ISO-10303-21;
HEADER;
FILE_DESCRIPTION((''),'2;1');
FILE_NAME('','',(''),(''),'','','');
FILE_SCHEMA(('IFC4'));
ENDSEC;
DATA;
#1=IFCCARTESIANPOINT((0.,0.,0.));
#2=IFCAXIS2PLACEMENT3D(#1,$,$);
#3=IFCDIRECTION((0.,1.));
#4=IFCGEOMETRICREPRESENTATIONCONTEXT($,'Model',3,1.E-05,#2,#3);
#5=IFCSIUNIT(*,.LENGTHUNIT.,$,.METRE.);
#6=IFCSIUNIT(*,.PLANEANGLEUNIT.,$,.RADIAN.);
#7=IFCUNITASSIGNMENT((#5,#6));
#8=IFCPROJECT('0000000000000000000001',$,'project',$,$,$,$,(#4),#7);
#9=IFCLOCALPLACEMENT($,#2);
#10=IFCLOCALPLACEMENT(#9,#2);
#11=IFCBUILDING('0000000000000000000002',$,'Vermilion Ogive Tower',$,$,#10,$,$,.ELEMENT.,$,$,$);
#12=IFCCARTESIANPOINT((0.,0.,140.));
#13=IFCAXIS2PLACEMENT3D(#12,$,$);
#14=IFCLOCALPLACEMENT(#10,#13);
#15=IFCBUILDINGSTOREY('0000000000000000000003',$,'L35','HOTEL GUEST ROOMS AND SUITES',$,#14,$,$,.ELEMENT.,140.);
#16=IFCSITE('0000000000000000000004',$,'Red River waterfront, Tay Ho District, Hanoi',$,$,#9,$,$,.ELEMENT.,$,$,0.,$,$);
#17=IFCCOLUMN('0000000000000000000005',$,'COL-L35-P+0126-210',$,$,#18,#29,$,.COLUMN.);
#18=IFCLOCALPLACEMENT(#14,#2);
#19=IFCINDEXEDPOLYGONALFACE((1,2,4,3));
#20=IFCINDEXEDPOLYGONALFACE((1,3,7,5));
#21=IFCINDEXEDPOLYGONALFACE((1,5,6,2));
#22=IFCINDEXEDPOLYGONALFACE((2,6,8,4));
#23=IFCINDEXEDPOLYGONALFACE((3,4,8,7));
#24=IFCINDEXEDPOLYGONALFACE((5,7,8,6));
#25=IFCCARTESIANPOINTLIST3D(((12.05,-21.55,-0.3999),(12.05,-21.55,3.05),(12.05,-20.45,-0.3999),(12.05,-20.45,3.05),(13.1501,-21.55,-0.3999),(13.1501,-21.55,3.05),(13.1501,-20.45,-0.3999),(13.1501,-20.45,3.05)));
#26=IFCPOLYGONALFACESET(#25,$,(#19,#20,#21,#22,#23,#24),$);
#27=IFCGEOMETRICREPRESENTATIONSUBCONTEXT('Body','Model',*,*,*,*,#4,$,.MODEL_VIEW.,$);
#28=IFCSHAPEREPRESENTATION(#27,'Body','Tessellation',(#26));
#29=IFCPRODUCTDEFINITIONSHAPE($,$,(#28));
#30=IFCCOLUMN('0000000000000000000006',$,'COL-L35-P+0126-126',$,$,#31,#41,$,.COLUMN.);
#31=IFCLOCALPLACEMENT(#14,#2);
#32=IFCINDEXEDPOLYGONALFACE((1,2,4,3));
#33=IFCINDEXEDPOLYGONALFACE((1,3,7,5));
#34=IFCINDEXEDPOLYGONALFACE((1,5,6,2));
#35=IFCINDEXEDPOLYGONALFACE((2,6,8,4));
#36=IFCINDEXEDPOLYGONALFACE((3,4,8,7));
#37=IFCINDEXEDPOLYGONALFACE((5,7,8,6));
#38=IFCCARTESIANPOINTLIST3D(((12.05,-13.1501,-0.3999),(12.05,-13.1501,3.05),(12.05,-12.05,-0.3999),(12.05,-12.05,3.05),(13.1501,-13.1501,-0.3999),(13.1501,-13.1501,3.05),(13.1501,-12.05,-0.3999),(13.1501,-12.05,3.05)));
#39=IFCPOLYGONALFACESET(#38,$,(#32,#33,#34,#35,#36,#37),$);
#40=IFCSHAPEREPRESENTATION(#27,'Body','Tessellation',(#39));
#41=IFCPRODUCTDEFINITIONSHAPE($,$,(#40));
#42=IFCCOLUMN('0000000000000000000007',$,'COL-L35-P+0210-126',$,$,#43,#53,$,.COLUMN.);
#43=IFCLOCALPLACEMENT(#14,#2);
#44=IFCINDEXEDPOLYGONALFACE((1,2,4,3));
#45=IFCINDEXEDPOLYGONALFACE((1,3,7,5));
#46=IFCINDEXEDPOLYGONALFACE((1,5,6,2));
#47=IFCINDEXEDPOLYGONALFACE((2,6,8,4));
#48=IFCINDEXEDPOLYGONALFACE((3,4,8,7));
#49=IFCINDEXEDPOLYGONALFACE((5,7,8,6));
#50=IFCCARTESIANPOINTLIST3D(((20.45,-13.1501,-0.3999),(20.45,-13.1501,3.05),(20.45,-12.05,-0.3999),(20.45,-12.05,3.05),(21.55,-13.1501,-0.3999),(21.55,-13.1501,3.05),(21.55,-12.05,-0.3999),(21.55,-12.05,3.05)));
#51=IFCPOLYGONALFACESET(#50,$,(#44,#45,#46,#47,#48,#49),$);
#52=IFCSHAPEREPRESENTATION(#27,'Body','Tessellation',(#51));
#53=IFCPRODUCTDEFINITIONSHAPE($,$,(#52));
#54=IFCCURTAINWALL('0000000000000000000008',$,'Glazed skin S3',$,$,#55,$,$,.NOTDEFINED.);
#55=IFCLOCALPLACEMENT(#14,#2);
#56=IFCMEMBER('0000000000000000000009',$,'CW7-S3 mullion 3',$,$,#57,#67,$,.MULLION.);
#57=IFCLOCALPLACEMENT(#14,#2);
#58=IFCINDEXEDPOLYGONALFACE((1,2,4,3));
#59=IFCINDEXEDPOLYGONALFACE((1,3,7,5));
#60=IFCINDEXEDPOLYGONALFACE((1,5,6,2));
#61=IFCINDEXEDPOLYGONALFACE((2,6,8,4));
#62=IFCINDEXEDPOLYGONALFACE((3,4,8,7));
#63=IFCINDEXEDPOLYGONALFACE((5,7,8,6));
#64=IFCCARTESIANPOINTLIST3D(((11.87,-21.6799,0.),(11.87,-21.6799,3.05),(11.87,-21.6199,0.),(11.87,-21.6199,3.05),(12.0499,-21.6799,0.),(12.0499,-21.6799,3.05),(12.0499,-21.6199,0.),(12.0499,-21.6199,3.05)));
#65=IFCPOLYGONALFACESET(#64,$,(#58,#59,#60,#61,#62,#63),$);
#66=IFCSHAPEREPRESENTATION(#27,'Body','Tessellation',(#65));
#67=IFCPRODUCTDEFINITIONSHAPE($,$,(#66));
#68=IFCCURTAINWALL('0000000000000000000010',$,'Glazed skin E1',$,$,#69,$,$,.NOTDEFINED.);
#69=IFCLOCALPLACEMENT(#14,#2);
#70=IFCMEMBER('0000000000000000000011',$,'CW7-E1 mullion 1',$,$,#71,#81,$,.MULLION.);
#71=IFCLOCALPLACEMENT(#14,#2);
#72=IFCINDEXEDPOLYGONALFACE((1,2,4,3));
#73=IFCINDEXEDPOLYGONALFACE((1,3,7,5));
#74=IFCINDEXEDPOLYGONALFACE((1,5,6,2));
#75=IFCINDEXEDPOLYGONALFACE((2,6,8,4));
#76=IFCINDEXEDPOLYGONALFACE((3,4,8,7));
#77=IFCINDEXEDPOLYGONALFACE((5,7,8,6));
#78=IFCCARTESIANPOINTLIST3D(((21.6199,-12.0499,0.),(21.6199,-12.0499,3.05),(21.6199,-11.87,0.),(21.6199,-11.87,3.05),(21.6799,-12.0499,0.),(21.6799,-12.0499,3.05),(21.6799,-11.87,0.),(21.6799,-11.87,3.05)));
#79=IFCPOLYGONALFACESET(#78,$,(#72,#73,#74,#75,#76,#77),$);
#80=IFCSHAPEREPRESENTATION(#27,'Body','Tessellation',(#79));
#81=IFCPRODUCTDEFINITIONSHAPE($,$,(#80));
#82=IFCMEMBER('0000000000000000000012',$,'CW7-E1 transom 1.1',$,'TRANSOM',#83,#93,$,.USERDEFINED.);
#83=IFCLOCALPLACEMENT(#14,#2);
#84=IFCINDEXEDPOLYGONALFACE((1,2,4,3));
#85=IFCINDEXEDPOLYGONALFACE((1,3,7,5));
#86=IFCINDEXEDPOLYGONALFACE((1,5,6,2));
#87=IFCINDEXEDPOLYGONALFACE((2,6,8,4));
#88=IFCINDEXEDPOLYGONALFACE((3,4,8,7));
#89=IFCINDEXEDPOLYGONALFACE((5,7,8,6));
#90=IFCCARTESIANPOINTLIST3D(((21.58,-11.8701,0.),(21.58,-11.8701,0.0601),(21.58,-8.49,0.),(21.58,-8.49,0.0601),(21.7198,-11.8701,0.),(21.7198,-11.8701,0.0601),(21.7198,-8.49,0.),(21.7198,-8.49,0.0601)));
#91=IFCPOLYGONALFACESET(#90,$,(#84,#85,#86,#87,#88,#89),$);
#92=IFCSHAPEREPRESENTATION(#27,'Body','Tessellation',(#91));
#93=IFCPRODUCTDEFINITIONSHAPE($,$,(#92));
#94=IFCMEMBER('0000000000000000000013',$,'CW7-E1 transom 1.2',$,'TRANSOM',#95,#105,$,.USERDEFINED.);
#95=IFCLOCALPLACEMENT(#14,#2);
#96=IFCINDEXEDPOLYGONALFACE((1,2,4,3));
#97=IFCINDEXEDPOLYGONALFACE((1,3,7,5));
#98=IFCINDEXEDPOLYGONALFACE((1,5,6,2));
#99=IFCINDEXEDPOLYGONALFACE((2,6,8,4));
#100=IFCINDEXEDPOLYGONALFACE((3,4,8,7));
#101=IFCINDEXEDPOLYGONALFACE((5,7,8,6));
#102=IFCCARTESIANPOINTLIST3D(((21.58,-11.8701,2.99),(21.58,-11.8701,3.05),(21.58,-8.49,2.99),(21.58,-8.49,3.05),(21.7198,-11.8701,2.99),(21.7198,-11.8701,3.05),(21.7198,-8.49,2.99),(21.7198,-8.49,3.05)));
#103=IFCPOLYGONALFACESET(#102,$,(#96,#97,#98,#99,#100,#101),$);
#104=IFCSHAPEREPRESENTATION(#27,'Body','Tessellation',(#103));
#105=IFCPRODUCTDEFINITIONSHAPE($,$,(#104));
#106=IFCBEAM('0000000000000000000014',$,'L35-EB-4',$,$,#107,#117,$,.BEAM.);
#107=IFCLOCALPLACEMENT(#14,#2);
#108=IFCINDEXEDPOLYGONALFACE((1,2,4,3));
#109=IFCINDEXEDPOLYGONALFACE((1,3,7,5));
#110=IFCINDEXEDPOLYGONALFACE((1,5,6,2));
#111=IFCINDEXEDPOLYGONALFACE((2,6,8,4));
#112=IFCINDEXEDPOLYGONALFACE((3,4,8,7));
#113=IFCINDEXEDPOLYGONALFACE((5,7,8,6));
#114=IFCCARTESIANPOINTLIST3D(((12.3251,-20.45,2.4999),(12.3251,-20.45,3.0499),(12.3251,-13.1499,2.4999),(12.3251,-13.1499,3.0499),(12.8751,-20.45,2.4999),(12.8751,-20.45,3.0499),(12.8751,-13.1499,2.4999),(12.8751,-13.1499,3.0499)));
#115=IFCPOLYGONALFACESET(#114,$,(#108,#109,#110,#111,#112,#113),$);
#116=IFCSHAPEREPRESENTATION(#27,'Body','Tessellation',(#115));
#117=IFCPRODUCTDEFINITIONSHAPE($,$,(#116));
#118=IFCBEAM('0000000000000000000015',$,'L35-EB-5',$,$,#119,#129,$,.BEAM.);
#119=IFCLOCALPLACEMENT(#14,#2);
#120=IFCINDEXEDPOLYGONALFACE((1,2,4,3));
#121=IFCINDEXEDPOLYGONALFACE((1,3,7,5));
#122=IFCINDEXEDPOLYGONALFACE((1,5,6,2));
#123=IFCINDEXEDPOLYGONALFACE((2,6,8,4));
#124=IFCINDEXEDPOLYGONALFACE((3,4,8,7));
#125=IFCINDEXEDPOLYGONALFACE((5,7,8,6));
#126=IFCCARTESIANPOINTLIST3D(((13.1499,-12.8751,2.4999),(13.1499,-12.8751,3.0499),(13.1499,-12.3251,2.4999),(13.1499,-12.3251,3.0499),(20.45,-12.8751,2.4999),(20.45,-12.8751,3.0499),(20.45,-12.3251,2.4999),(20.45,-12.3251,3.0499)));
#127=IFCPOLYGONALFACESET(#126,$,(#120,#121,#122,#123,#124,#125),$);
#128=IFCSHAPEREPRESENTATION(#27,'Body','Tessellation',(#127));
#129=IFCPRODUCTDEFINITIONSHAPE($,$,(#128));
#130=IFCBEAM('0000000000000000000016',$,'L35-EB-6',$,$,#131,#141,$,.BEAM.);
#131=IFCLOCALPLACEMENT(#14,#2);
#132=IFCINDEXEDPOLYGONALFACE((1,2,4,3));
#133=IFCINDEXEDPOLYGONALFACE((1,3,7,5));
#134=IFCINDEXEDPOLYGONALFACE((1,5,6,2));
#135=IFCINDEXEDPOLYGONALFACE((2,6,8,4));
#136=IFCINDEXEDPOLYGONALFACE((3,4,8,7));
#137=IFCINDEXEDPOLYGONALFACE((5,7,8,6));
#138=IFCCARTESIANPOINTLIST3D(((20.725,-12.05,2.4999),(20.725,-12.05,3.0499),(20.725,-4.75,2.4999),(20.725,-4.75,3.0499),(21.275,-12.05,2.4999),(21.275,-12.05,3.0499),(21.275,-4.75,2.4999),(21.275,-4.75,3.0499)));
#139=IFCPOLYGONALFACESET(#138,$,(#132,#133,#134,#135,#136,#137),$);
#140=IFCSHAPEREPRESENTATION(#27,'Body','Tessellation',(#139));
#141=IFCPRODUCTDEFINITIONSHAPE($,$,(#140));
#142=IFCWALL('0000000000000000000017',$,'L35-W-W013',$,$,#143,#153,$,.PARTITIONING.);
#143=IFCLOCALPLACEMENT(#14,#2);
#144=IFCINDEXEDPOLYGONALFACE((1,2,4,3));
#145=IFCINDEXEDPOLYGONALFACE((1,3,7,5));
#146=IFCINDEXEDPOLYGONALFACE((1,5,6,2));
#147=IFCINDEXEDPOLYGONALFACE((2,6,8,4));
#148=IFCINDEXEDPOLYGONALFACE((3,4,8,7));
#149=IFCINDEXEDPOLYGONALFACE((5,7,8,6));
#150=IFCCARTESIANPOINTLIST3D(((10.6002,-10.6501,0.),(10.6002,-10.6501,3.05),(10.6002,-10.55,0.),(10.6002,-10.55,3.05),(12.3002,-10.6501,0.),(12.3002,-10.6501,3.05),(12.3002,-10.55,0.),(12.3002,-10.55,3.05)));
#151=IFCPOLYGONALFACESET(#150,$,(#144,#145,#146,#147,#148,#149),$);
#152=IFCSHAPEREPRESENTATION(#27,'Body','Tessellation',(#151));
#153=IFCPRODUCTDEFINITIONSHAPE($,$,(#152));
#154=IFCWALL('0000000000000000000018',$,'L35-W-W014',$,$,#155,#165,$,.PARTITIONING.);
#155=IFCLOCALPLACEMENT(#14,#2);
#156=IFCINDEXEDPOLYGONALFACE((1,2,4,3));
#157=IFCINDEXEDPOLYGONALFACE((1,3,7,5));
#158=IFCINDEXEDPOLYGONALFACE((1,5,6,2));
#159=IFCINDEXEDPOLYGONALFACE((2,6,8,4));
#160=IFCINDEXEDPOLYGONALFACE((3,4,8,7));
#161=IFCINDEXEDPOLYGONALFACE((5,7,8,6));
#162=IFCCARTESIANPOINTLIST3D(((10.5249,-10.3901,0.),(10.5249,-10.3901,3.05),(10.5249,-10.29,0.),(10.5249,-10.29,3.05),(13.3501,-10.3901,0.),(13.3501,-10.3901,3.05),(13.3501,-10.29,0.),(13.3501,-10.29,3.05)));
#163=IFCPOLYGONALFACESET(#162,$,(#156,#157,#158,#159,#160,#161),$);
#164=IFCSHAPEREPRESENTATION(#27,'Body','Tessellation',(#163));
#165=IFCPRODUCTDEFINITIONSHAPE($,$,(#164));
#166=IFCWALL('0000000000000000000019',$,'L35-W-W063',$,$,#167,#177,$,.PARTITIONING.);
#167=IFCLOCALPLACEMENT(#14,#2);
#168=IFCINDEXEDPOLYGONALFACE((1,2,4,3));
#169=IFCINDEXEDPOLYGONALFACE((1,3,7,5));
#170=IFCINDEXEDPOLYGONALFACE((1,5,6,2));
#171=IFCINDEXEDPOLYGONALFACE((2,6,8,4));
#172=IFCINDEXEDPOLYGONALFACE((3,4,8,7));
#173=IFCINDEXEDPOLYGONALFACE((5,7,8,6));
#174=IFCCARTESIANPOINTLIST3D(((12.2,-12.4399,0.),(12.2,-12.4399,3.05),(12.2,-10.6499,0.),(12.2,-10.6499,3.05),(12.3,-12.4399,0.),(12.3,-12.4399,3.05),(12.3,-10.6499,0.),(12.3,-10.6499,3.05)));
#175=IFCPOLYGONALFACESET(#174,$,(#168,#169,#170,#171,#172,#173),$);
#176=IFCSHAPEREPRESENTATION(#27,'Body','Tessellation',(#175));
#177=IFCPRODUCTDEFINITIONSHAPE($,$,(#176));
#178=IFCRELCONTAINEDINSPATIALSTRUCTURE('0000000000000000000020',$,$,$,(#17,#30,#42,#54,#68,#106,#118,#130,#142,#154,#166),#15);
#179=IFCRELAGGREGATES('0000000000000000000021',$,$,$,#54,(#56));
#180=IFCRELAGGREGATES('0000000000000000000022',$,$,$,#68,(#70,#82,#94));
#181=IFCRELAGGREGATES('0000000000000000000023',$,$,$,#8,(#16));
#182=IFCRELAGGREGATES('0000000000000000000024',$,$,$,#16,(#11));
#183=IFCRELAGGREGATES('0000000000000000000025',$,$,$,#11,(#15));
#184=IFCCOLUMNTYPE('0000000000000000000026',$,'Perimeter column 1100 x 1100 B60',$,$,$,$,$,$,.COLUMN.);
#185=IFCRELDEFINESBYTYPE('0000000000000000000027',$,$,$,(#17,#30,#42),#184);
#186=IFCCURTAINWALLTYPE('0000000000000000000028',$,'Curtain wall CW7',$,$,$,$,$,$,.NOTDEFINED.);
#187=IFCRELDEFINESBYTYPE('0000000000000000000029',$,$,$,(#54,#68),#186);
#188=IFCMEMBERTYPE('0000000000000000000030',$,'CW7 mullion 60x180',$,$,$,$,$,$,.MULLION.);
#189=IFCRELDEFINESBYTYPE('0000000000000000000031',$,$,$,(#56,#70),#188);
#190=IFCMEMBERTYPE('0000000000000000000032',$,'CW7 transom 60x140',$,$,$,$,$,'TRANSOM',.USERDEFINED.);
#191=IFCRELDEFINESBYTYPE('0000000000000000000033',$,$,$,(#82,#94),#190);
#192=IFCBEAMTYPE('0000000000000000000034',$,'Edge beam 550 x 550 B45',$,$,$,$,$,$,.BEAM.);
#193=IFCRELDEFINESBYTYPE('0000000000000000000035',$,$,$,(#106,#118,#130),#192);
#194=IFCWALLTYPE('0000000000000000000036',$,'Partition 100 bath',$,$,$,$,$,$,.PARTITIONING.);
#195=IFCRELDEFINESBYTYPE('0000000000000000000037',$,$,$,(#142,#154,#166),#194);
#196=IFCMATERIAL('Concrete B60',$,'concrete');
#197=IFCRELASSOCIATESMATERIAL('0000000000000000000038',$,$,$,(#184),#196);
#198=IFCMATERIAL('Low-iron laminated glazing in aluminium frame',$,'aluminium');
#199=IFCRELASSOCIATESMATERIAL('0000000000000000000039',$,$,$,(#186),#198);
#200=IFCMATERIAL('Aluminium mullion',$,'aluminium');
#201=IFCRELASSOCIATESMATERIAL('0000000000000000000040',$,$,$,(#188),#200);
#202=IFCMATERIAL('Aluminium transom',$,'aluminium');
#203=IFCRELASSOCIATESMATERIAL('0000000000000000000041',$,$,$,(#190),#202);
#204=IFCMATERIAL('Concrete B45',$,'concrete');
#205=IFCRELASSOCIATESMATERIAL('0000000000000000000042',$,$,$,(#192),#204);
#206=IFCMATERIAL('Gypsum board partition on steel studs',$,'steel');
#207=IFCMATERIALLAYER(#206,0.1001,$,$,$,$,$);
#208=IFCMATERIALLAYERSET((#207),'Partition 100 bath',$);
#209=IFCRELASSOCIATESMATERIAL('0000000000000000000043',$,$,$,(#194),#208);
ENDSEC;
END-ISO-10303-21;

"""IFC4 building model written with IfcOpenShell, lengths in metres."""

from ifc_helpers import new_model, si_unit, direction, frame, frame_2d, origin, origin_2d, place, context, subcontext, project, spatial, rectangle, extrude, material, layer, layer_set, material_profile, profile_set, type_object, element, aggregate, save


model = new_model("IFC4")

# Units and contexts
model_context = context("Model", 3, precision=1e-05, world=origin(), true_north=direction((0.0, 1.0)))
body_context = subcontext(model_context, "Body", "Model", "MODEL_VIEW")
ifc_project = project(units=[si_unit("LENGTHUNIT", "METRE"), si_unit("PLANEANGLEUNIT", "RADIAN")], contexts=[model_context])

# Site, building, storey
site_placement = place(None, origin())
site = spatial("IfcSite", under=ifc_project, at=site_placement, Name="Red River waterfront, Tay Ho District, Hanoi", CompositionType="ELEMENT", RefElevation=0.0)
building_placement = place(site_placement, origin())
building = spatial("IfcBuilding", under=site, at=building_placement, Name="Vermilion Ogive Tower", CompositionType="ELEMENT")
storey_placement = place(building_placement, frame((0.0, 0.0, 140.0)))
storey = spatial("IfcBuildingStorey", under=building, at=storey_placement, Name="L35", Description="HOTEL GUEST ROOMS AND SUITES", CompositionType="ELEMENT", Elevation=140.0)

# Columns
ifc_material_1 = material(Name="Concrete B60", Category="concrete")
ifc_material_profile_1 = material_profile(ifc_material_1, rectangle(XDim=1.1001, YDim=1.1001, at=origin_2d()), Name="1100 x 1100")
ifc_profile_set_1 = profile_set([ifc_material_profile_1], Name="Concrete B60")
column_type = type_object("IfcColumnType", Name="Perimeter column 1100 x 1100 B60", PredefinedType="COLUMN", material=ifc_profile_set_1)
for number, where, z_axis, x_axis, name in (
    (1, (12.6001, -21.0, -0.3999), (0.0, 0.0, 1.0), (1.0, 0.0, 0.0), "COL-L35-P+0126-210"),
    (2, (12.6001, -12.6001, -0.3999), (0.0, 0.0, 1.0), (1.0, 0.0, 0.0), "COL-L35-P+0126-126"),
    (3, (21.0, -12.6001, -0.3999), (0.0, 0.0, 1.0), (1.0, 0.0, 0.0), "COL-L35-P+0210-126"),
):
    element("IfcColumn", number, at=place(storey_placement, frame(where, z_axis=z_axis, x_axis=x_axis)), inside=storey, type_object=column_type, Name=name, PredefinedType="COLUMN", context=body_context, shape_type="SweptSolid", body=[
        extrude(rectangle(XDim=1.1001, YDim=1.1001, at=origin_2d()), origin(), (0.0, 0.0, 1.0), 3.45),
    ])

# Curtain wall, member
ifc_material_2 = material(Name="Low-iron laminated glazing in aluminium frame", Category="aluminium")
curtain_wall_type = type_object("IfcCurtainWallType", Name="Curtain wall CW7", PredefinedType="NOTDEFINED", material=ifc_material_2)
curtain_wall_1_placement = place(storey_placement, origin())
curtain_wall_1 = element("IfcCurtainWall", 4, at=curtain_wall_1_placement, inside=storey, type_object=curtain_wall_type, Name="Glazed skin S3", PredefinedType="NOTDEFINED")
ifc_material_3 = material(Name="Aluminium mullion", Category="aluminium")
ifc_material_profile_2 = material_profile(ifc_material_3, rectangle(XDim=0.0601, YDim=0.1799, at=origin_2d()), Name="AL 60x180")
ifc_profile_set_2 = profile_set([ifc_material_profile_2], Name="Aluminium mullion")
member_type_1 = type_object("IfcMemberType", Name="CW7 mullion 60x180", PredefinedType="MULLION", material=ifc_profile_set_2)
member_1_placement = place(storey_placement, frame((11.96, -21.6499, 0.0), z_axis=(0.0, 0.0, 1.0), x_axis=(0.0, 1.0, 0.0)))
member_1 = element("IfcMember", 5, at=member_1_placement, type_object=member_type_1, Name="CW7-S3 mullion 3", PredefinedType="MULLION", context=body_context, shape_type="SweptSolid", body=[
    extrude(rectangle(XDim=0.0601, YDim=0.1799, at=origin_2d()), origin(), (0.0, 0.0, 1.0), 3.05),
])
aggregate(curtain_wall_1, [member_1])

# Curtain wall, members
curtain_wall_2_placement = place(storey_placement, origin())
curtain_wall_2 = element("IfcCurtainWall", 6, at=curtain_wall_2_placement, inside=storey, type_object=curtain_wall_type, Name="Glazed skin E1", PredefinedType="NOTDEFINED")
member_2_placement = place(storey_placement, frame((21.6499, -11.96, 0.0), z_axis=(0.0, 0.0, 1.0), x_axis=(-1.0, 0.0, 0.0)))
member_2 = element("IfcMember", 7, at=member_2_placement, type_object=member_type_1, Name="CW7-E1 mullion 1", PredefinedType="MULLION", context=body_context, shape_type="SweptSolid", body=[
    extrude(rectangle(XDim=0.0601, YDim=0.1799, at=origin_2d()), origin(), (0.0, 0.0, 1.0), 3.05),
])
ifc_material_4 = material(Name="Aluminium transom", Category="aluminium")
ifc_material_profile_3 = material_profile(ifc_material_4, rectangle(XDim=0.1399, YDim=0.0601, at=origin_2d()), Name="AL 60x140")
ifc_profile_set_3 = profile_set([ifc_material_profile_3], Name="Aluminium transom")
member_type_2 = type_object("IfcMemberType", Name="CW7 transom 60x140", ElementType="TRANSOM", PredefinedType="USERDEFINED", material=ifc_profile_set_3)
member_3_placement = place(storey_placement, frame((21.6499, -11.8701, 0.03), z_axis=(0.0, 1.0, 0.0), x_axis=(-1.0, 0.0, 0.0)))
member_3 = element("IfcMember", 8, at=member_3_placement, type_object=member_type_2, Name="CW7-E1 transom 1.1", ObjectType="TRANSOM", PredefinedType="USERDEFINED", context=body_context, shape_type="SweptSolid", body=[
    extrude(rectangle(XDim=0.1399, YDim=0.0601, at=origin_2d()), origin(), (0.0, 0.0, 1.0), 3.3801),
])
member_4_placement = place(storey_placement, frame((21.6499, -11.8701, 3.02), z_axis=(0.0, 1.0, 0.0), x_axis=(-1.0, 0.0, 0.0)))
member_4 = element("IfcMember", 9, at=member_4_placement, type_object=member_type_2, Name="CW7-E1 transom 1.2", ObjectType="TRANSOM", PredefinedType="USERDEFINED", context=body_context, shape_type="SweptSolid", body=[
    extrude(rectangle(XDim=0.1399, YDim=0.0601, at=origin_2d()), origin(), (0.0, 0.0, 1.0), 3.3801),
])
aggregate(curtain_wall_2, [member_2, member_3, member_4])

# Beams
ifc_material_5 = material(Name="Concrete B45", Category="concrete")
ifc_material_profile_4 = material_profile(ifc_material_5, rectangle(XDim=0.55, YDim=0.55, at=origin_2d()), Name="550 x 550")
ifc_profile_set_4 = profile_set([ifc_material_profile_4], Name="Concrete B45")
beam_type = type_object("IfcBeamType", Name="Edge beam 550 x 550 B45", PredefinedType="BEAM", material=ifc_profile_set_4)
for number, where, z_axis, x_axis, name in (
    (10, (12.6001, -20.45, 2.7749), (0.0, 1.0, 0.0), (-1.0, 0.0, 0.0), "L35-EB-4"),
    (11, (13.1499, -12.6001, 2.7749), (1.0, 0.0, 0.0), (0.0, 1.0, 0.0), "L35-EB-5"),
    (12, (21.0, -12.05, 2.7749), (0.0, 1.0, 0.0), (-1.0, 0.0, 0.0), "L35-EB-6"),
):
    element("IfcBeam", number, at=place(storey_placement, frame(where, z_axis=z_axis, x_axis=x_axis)), inside=storey, type_object=beam_type, Name=name, PredefinedType="BEAM", context=body_context, shape_type="SweptSolid", body=[
        extrude(rectangle(XDim=0.55, YDim=0.55, at=origin_2d()), origin(), (0.0, 0.0, 1.0), 7.3),
    ])

# Walls
ifc_material_6 = material(Name="Gypsum board partition on steel studs", Category="steel")
ifc_layer_1 = layer(ifc_material_6, 0.1001)
ifc_layer_set_1 = layer_set([ifc_layer_1], Name="Partition 100 bath")
wall_type_1 = type_object("IfcWallType", Name="Partition 100 bath", PredefinedType="PARTITIONING", material=ifc_layer_set_1)
wall_1_placement = place(storey_placement, frame((10.6001, -10.6001, 0.0), z_axis=(0.0, 0.0, 1.0), x_axis=(1.0, 0.0, 0.0)))
element("IfcWall", 13, at=wall_1_placement, inside=storey, type_object=wall_type_1, Name="L35-W-W013", PredefinedType="PARTITIONING", context=body_context, shape_type="SweptSolid", body=[
    extrude(rectangle(XDim=1.7, YDim=0.1001, at=frame_2d((0.8501, 0.0))), origin(), (0.0, 0.0, 1.0), 3.05),
])
wall_2_placement = place(storey_placement, frame((10.5249, -10.3401, 0.0), z_axis=(0.0, 0.0, 1.0), x_axis=(1.0, 0.0, 0.0)))
element("IfcWall", 14, at=wall_2_placement, inside=storey, type_object=wall_type_1, Name="L35-W-W014", PredefinedType="PARTITIONING", context=body_context, shape_type="SweptSolid", body=[
    extrude(rectangle(XDim=2.8252, YDim=0.1001, at=frame_2d((1.4126, 0.0))), origin(), (0.0, 0.0, 1.0), 3.05),
])
wall_3_placement = place(storey_placement, frame((12.25, -12.4399, 0.0), z_axis=(0.0, 0.0, 1.0), x_axis=(0.0, 1.0, 0.0)))
element("IfcWall", 15, at=wall_3_placement, inside=storey, type_object=wall_type_1, Name="L35-W-W063", PredefinedType="PARTITIONING", context=body_context, shape_type="SweptSolid", body=[
    extrude(rectangle(XDim=1.79, YDim=0.1001, at=frame_2d((0.895, 0.0))), origin(), (0.0, 0.0, 1.0), 3.05),
])

save(model, "model.ifc")
